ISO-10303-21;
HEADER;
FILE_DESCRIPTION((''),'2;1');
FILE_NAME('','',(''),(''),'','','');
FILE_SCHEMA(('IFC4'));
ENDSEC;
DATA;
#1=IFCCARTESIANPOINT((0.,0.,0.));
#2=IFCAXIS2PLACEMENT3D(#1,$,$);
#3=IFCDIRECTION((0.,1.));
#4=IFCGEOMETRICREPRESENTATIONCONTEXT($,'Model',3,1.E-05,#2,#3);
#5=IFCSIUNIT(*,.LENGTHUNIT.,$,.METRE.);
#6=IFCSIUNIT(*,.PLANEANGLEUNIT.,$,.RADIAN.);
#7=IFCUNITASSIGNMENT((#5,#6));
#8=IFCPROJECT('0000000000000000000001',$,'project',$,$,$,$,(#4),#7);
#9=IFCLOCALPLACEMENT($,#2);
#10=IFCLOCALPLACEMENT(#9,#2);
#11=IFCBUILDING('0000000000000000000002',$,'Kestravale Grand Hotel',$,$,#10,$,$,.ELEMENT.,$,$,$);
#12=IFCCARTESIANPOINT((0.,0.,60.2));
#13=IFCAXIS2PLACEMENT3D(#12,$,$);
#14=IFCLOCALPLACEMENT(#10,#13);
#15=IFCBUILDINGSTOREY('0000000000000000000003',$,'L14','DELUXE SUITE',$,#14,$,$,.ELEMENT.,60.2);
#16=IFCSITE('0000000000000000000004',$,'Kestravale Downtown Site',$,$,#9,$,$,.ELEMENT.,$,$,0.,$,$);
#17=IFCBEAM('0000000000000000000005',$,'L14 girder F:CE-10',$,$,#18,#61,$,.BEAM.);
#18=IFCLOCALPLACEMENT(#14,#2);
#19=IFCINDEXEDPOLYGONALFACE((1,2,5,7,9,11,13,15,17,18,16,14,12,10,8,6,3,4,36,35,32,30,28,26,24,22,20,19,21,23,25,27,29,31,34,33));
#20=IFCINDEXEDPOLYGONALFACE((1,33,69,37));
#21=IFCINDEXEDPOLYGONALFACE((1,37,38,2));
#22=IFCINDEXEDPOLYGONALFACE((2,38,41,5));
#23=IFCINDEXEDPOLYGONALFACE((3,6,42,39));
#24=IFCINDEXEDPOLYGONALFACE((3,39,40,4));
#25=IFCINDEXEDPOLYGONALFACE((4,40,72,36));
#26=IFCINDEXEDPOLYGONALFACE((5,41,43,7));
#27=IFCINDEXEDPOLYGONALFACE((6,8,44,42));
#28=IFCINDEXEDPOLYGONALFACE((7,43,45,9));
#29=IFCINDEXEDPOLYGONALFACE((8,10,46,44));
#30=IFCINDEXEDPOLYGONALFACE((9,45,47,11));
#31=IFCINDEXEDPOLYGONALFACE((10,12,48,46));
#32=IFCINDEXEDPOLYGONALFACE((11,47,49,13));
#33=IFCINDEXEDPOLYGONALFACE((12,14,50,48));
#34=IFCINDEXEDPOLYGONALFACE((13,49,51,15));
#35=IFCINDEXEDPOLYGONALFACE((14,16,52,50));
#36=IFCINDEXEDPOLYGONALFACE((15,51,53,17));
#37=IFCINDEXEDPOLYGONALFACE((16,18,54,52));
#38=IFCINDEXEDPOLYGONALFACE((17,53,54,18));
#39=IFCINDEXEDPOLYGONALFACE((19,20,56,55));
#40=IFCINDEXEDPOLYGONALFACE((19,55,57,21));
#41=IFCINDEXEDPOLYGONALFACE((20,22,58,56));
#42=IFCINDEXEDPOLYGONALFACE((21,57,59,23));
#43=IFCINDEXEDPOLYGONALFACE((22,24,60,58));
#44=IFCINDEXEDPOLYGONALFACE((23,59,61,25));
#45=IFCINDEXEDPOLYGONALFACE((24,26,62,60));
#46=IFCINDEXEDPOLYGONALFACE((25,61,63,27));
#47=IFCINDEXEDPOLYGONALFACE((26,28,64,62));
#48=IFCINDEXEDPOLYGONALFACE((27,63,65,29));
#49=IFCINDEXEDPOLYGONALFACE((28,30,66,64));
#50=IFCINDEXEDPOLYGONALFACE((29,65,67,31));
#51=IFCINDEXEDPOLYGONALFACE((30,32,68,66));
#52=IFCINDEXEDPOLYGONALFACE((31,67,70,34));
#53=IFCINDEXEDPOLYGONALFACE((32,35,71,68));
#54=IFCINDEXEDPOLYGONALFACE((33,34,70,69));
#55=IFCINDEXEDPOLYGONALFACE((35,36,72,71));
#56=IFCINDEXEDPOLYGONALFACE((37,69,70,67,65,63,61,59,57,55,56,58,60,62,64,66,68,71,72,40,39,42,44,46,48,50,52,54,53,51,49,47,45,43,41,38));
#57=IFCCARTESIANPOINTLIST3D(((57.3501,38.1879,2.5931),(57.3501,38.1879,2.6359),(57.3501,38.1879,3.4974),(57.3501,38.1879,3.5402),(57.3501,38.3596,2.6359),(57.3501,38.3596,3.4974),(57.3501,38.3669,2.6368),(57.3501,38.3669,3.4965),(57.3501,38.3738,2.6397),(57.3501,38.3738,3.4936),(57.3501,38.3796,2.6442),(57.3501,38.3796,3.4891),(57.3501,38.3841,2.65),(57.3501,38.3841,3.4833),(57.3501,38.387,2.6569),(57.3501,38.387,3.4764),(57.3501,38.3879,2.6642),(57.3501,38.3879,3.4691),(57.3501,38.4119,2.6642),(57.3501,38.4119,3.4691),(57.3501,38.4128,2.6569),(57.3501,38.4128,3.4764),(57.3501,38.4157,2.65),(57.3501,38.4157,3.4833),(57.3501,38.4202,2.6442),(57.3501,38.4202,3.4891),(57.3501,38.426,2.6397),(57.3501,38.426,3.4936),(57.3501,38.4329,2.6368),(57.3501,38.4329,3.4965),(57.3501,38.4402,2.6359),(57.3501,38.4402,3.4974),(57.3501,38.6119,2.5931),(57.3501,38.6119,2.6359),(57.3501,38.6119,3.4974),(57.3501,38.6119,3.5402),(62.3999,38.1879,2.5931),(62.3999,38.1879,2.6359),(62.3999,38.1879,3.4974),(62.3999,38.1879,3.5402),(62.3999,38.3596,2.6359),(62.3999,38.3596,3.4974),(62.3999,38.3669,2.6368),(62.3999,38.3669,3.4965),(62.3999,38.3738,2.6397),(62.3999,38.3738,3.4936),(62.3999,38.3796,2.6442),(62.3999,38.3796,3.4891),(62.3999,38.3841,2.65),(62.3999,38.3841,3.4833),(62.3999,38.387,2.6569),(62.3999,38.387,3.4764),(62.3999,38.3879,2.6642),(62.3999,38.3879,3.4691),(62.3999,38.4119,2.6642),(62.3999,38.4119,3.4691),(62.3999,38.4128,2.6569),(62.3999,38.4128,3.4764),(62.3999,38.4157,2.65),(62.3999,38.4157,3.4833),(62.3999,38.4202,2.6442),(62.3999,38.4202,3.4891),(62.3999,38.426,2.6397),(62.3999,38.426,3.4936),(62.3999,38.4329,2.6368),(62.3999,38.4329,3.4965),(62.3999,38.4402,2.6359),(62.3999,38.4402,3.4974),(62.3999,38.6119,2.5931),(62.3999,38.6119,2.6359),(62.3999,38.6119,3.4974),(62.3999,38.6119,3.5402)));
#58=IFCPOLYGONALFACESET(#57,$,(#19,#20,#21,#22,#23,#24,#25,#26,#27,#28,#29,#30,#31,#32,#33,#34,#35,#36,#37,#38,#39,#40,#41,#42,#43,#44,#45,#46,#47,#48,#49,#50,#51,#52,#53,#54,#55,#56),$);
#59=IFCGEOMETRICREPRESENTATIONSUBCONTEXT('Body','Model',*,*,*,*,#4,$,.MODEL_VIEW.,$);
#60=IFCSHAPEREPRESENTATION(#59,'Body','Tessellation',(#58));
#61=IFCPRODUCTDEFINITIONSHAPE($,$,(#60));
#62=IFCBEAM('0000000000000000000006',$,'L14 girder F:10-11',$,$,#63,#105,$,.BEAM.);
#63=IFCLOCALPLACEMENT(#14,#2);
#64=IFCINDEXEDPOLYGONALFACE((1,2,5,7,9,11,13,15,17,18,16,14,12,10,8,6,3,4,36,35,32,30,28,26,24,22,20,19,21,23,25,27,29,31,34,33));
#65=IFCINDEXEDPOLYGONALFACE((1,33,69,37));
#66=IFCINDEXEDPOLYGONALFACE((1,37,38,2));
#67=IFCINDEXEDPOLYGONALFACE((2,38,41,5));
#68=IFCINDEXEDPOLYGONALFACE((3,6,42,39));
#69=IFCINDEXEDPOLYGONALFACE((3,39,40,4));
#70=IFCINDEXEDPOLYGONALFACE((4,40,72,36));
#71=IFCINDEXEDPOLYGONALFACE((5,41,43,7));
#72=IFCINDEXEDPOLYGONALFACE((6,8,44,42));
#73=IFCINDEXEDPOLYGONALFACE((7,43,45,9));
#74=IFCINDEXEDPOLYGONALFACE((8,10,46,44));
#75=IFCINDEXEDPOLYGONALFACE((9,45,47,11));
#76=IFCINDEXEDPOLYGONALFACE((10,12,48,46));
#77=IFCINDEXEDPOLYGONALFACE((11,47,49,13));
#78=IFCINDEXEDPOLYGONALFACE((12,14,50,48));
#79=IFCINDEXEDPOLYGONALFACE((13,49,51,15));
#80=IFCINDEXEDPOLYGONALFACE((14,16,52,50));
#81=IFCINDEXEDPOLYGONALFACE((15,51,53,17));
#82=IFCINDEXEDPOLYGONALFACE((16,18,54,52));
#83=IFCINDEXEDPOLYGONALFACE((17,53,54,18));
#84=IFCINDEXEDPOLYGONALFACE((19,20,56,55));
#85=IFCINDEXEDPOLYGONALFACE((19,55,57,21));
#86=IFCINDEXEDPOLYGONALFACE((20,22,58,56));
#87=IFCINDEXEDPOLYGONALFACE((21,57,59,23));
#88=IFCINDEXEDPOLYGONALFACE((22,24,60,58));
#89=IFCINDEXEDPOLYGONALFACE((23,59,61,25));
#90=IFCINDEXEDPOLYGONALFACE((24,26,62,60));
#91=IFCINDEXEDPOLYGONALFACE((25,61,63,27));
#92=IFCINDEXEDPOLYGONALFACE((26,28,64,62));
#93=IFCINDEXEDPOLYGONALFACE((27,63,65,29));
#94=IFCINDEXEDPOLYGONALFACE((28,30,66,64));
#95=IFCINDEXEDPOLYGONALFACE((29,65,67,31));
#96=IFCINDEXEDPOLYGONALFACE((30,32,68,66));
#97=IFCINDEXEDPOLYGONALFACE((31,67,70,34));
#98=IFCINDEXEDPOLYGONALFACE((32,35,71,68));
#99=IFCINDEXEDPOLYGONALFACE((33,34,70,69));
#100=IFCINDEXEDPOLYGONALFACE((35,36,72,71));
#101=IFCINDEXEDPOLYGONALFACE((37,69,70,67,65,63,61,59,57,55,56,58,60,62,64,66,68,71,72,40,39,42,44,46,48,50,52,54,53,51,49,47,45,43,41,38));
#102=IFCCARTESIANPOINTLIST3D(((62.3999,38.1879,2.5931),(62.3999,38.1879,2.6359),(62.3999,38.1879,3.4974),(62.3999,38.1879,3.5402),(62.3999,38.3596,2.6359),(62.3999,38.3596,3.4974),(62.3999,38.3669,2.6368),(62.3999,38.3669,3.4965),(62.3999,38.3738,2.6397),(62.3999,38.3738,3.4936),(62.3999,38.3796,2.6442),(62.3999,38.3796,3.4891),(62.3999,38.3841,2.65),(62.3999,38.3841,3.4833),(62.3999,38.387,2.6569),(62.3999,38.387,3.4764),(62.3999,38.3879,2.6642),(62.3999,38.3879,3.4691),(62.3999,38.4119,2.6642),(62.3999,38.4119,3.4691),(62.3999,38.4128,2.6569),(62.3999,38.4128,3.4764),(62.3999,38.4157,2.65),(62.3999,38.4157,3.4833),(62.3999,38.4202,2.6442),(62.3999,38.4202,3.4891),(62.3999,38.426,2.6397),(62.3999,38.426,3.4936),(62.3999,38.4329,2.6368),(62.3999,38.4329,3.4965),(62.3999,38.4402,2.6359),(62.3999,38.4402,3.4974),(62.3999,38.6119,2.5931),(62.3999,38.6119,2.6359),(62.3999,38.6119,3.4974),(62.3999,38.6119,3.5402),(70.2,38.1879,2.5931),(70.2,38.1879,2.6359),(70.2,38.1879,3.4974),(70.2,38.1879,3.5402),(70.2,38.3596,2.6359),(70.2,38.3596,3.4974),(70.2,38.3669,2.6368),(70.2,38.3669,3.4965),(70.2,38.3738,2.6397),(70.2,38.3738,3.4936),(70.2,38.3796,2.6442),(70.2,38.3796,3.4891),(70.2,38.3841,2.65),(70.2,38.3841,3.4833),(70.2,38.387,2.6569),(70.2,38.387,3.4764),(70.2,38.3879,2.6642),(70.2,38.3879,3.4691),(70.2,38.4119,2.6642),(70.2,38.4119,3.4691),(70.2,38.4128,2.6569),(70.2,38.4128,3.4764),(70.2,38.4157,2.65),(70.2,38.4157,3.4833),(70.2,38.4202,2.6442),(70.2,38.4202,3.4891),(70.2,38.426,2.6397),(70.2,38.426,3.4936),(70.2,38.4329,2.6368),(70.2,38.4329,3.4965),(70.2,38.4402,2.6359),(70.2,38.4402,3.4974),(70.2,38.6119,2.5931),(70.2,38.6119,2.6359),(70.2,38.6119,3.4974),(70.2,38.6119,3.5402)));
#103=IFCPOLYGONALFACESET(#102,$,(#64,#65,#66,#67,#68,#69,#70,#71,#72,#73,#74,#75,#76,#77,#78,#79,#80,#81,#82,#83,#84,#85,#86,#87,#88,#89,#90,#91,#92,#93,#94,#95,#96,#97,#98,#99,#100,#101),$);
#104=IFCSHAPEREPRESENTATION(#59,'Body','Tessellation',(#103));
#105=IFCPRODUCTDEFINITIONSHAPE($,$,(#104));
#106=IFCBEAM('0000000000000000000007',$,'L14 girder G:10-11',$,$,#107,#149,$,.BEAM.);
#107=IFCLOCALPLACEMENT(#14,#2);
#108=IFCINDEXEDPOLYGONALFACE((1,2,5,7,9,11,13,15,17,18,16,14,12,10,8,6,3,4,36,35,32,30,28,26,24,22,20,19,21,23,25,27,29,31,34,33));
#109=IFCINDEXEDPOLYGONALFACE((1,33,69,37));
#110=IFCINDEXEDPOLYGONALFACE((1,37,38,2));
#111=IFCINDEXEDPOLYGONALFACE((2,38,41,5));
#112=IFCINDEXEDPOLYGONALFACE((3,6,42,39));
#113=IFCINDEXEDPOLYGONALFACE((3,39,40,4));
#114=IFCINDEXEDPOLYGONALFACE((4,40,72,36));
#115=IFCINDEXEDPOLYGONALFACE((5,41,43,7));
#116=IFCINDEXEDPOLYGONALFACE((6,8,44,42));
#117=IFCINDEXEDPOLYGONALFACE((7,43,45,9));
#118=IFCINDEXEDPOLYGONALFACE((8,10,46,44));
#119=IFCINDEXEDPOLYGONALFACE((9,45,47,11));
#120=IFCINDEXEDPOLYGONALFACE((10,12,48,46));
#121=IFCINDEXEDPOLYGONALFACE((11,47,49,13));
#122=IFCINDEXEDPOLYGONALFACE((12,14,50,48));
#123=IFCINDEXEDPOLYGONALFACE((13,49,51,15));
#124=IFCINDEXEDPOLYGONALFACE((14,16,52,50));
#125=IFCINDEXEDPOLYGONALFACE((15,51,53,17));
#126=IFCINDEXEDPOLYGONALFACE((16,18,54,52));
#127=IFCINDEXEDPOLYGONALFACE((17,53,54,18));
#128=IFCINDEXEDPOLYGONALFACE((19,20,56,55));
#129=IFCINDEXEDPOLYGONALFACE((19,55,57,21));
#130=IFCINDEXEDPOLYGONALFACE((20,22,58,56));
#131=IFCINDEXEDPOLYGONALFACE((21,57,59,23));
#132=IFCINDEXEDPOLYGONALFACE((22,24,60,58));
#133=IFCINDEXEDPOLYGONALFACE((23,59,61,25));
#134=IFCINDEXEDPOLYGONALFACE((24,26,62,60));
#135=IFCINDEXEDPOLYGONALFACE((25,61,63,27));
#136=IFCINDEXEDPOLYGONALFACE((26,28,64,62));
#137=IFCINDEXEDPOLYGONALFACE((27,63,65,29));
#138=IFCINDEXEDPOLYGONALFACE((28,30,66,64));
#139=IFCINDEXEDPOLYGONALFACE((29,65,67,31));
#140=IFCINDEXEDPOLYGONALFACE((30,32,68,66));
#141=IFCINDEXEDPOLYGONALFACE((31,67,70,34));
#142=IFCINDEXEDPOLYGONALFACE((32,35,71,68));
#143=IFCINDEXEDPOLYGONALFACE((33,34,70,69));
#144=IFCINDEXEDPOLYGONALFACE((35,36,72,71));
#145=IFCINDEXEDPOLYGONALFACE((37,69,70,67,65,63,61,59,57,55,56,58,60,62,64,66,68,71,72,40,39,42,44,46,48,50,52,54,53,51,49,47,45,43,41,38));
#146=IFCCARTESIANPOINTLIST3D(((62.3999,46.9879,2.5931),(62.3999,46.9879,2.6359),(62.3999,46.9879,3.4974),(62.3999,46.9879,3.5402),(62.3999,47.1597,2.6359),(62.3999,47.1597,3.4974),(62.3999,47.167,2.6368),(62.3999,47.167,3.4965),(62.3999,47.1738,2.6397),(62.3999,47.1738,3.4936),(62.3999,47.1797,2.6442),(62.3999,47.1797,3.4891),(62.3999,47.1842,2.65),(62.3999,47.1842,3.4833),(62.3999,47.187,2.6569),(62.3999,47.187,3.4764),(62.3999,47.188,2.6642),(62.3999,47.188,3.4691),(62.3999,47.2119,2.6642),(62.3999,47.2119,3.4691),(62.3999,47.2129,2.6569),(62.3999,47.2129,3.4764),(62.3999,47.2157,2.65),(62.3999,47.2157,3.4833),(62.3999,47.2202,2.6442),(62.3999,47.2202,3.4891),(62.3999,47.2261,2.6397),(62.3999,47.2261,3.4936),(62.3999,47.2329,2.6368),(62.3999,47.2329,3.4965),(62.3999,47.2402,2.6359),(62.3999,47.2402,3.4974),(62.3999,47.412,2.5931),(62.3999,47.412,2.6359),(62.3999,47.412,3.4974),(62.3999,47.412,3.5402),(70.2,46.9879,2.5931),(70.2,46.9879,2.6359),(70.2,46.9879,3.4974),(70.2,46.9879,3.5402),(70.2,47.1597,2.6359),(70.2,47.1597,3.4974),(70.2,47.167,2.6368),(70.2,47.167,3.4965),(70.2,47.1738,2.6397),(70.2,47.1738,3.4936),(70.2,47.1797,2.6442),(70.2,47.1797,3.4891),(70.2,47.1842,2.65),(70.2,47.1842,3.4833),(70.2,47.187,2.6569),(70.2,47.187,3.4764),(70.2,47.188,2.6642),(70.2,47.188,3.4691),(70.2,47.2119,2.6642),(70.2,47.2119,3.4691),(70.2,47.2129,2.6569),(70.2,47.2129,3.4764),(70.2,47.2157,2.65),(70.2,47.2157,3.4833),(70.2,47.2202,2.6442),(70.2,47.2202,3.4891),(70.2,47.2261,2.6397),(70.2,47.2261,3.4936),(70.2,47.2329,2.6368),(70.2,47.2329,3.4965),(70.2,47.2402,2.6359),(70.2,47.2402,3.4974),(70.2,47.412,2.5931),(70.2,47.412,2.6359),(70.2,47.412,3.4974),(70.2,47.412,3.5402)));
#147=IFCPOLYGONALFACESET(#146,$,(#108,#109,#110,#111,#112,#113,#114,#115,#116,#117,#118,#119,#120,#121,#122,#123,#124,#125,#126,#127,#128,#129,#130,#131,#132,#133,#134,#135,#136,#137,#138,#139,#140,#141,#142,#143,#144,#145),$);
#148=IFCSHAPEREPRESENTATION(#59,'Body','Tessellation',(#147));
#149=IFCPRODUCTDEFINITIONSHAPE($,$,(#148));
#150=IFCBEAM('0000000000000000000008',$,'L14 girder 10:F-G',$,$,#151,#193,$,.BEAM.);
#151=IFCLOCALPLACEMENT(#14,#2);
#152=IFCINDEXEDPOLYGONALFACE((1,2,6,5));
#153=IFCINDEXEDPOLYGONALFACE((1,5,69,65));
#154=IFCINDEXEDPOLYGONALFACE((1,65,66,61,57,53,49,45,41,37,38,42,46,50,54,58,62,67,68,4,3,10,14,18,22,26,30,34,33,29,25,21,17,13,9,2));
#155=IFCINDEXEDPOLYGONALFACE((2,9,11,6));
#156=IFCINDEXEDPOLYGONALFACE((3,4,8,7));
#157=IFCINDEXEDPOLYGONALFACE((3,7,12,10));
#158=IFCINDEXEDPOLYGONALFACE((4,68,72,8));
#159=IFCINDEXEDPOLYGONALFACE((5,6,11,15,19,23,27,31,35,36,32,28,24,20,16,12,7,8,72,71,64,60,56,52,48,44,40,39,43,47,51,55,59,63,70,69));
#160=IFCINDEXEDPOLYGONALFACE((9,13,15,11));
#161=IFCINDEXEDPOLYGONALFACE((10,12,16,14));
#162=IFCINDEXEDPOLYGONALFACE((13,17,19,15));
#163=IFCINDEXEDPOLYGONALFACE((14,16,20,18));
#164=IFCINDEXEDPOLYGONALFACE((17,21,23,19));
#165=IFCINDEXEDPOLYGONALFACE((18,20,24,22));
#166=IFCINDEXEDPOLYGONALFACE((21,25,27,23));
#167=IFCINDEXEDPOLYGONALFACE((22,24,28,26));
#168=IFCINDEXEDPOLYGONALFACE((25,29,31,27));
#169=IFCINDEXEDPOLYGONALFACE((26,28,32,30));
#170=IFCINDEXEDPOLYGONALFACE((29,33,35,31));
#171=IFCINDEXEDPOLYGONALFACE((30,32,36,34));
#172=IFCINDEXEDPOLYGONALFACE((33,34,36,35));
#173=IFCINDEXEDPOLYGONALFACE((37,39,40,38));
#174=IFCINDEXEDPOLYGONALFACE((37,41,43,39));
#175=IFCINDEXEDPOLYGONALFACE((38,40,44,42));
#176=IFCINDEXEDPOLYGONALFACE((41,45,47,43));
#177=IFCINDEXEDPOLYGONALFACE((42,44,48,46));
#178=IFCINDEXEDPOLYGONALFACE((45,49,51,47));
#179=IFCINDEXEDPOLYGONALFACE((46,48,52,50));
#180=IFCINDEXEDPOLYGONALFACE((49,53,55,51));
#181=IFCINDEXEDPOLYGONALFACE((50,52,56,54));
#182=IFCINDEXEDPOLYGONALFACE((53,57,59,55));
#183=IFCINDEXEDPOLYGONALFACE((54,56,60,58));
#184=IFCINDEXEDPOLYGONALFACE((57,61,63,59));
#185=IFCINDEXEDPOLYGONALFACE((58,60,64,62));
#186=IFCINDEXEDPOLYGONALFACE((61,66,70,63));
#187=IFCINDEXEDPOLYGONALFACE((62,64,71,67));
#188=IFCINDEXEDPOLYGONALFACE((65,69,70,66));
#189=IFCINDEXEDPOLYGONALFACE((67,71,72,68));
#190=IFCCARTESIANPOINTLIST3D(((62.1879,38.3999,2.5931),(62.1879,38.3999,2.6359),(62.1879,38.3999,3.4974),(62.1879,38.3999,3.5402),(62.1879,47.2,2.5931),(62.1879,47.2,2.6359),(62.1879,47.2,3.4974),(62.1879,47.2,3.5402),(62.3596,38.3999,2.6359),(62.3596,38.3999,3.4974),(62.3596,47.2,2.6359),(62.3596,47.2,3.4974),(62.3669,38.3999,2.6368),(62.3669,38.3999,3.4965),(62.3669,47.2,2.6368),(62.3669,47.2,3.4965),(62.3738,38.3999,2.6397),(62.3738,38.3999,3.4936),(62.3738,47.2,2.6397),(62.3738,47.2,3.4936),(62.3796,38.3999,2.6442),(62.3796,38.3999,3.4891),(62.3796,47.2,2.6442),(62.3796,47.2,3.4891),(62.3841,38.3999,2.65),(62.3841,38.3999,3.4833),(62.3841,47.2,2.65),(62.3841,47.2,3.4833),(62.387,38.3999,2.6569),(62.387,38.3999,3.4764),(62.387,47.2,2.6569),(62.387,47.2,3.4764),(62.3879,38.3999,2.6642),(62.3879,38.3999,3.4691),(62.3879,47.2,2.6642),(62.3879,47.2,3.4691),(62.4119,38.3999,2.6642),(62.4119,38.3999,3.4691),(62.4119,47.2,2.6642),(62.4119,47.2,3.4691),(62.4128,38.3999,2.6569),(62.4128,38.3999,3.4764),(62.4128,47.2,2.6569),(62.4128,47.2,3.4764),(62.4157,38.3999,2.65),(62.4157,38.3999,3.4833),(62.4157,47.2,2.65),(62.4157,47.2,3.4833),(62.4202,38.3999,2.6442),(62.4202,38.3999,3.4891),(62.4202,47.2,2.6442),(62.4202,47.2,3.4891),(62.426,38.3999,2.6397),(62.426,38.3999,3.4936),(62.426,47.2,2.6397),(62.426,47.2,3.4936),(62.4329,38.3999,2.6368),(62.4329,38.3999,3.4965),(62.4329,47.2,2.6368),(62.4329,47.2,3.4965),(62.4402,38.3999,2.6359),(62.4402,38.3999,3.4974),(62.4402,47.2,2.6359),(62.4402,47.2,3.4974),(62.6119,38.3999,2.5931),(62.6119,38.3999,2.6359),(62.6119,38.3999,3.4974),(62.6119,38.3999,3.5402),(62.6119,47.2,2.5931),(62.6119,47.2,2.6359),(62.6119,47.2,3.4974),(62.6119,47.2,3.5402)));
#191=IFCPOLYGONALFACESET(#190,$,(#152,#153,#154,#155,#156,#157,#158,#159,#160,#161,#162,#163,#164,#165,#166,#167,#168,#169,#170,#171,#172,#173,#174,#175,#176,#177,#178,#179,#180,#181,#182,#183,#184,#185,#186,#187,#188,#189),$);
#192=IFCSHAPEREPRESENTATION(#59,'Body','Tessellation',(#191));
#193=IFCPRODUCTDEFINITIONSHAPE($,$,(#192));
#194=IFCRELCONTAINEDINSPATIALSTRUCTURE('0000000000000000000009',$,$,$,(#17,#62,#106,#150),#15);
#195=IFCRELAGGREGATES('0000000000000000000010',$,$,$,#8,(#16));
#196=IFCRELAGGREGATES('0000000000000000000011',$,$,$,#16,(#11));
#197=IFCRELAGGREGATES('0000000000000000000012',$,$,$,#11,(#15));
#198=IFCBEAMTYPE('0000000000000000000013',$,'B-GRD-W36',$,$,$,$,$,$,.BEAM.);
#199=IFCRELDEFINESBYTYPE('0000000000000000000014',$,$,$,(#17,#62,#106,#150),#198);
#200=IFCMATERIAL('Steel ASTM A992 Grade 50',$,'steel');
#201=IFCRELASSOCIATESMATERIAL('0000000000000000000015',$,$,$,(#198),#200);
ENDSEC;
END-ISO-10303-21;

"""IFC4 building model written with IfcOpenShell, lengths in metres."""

from ifc_helpers import new_model, si_unit, direction, frame, origin, origin_2d, place, context, subcontext, project, spatial, i_section, extrude, material, material_profile, profile_set, type_object, element, save


model = new_model("IFC4")

# Units and contexts
model_context = context("Model", 3, precision=1e-05, world=origin(), true_north=direction((0.0, 1.0)))
body_context = subcontext(model_context, "Body", "Model", "MODEL_VIEW")
ifc_project = project(units=[si_unit("LENGTHUNIT", "METRE"), si_unit("PLANEANGLEUNIT", "RADIAN")], contexts=[model_context])

# Site, building, storey
site_placement = place(None, origin())
site = spatial("IfcSite", under=ifc_project, at=site_placement, Name="Kestravale Downtown Site", CompositionType="ELEMENT", RefElevation=0.0)
building_placement = place(site_placement, origin())
building = spatial("IfcBuilding", under=site, at=building_placement, Name="Kestravale Grand Hotel", CompositionType="ELEMENT")
storey_placement = place(building_placement, frame((0.0, 0.0, 60.2)))
storey = spatial("IfcBuildingStorey", under=building, at=storey_placement, Name="L14", Description="DELUXE SUITE", CompositionType="ELEMENT", Elevation=60.2)

# Beams
ifc_material_1 = material(Name="Steel ASTM A992 Grade 50", Category="steel")
ifc_material_profile_1 = material_profile(ifc_material_1, i_section(OverallWidth=0.4241, OverallDepth=0.947, WebThickness=0.0239, FlangeThickness=0.0427, FilletRadius=0.0283, at=origin_2d()))
ifc_profile_set_1 = profile_set([ifc_material_profile_1], Name="Steel ASTM A992 Grade 50")
beam_type_1 = type_object("IfcBeamType", Name="B-GRD-W36", PredefinedType="BEAM", material=ifc_profile_set_1)
beam_1_placement = place(storey_placement, frame((57.3501, 38.3999, 3.0667), z_axis=(1.0, 0.0, 0.0), x_axis=(0.0, 1.0, 0.0)))
element("IfcBeam", 1, at=beam_1_placement, inside=storey, type_object=beam_type_1, Name="L14 girder F:CE-10", PredefinedType="BEAM", context=body_context, shape_type="SweptSolid", body=[
    extrude(i_section(OverallWidth=0.4241, OverallDepth=0.947, WebThickness=0.0239, FlangeThickness=0.0427, FilletRadius=0.0283, at=origin_2d()), origin(), (0.0, 0.0, 1.0), 5.0498),
])
for number, where, z_axis, x_axis, name in (
    (2, (62.3999, 38.3999, 3.0667), (1.0, 0.0, 0.0), (0.0, 1.0, 0.0), "L14 girder F:10-11"),
    (3, (62.3999, 47.2, 3.0667), (1.0, 0.0, 0.0), (0.0, 1.0, 0.0), "L14 girder G:10-11"),
):
    element("IfcBeam", number, at=place(storey_placement, frame(where, z_axis=z_axis, x_axis=x_axis)), inside=storey, type_object=beam_type_1, Name=name, PredefinedType="BEAM", context=body_context, shape_type="SweptSolid", body=[
        extrude(i_section(OverallWidth=0.4241, OverallDepth=0.947, WebThickness=0.0239, FlangeThickness=0.0427, FilletRadius=0.0283, at=origin_2d()), origin(), (0.0, 0.0, 1.0), 7.8),
    ])
for number, where, z_axis, x_axis, name in (
    (4, (62.3999, 38.3999, 3.0667), (0.0, 1.0, 0.0), (-1.0, 0.0, 0.0), "L14 girder 10:F-G"),
):
    element("IfcBeam", number, at=place(storey_placement, frame(where, z_axis=z_axis, x_axis=x_axis)), inside=storey, type_object=beam_type_1, Name=name, PredefinedType="BEAM", context=body_context, shape_type="SweptSolid", body=[
        extrude(i_section(OverallWidth=0.4241, OverallDepth=0.947, WebThickness=0.0239, FlangeThickness=0.0427, FilletRadius=0.0283, at=origin_2d()), origin(), (0.0, 0.0, 1.0), 8.8),
    ])

save(model, "model.ifc")
